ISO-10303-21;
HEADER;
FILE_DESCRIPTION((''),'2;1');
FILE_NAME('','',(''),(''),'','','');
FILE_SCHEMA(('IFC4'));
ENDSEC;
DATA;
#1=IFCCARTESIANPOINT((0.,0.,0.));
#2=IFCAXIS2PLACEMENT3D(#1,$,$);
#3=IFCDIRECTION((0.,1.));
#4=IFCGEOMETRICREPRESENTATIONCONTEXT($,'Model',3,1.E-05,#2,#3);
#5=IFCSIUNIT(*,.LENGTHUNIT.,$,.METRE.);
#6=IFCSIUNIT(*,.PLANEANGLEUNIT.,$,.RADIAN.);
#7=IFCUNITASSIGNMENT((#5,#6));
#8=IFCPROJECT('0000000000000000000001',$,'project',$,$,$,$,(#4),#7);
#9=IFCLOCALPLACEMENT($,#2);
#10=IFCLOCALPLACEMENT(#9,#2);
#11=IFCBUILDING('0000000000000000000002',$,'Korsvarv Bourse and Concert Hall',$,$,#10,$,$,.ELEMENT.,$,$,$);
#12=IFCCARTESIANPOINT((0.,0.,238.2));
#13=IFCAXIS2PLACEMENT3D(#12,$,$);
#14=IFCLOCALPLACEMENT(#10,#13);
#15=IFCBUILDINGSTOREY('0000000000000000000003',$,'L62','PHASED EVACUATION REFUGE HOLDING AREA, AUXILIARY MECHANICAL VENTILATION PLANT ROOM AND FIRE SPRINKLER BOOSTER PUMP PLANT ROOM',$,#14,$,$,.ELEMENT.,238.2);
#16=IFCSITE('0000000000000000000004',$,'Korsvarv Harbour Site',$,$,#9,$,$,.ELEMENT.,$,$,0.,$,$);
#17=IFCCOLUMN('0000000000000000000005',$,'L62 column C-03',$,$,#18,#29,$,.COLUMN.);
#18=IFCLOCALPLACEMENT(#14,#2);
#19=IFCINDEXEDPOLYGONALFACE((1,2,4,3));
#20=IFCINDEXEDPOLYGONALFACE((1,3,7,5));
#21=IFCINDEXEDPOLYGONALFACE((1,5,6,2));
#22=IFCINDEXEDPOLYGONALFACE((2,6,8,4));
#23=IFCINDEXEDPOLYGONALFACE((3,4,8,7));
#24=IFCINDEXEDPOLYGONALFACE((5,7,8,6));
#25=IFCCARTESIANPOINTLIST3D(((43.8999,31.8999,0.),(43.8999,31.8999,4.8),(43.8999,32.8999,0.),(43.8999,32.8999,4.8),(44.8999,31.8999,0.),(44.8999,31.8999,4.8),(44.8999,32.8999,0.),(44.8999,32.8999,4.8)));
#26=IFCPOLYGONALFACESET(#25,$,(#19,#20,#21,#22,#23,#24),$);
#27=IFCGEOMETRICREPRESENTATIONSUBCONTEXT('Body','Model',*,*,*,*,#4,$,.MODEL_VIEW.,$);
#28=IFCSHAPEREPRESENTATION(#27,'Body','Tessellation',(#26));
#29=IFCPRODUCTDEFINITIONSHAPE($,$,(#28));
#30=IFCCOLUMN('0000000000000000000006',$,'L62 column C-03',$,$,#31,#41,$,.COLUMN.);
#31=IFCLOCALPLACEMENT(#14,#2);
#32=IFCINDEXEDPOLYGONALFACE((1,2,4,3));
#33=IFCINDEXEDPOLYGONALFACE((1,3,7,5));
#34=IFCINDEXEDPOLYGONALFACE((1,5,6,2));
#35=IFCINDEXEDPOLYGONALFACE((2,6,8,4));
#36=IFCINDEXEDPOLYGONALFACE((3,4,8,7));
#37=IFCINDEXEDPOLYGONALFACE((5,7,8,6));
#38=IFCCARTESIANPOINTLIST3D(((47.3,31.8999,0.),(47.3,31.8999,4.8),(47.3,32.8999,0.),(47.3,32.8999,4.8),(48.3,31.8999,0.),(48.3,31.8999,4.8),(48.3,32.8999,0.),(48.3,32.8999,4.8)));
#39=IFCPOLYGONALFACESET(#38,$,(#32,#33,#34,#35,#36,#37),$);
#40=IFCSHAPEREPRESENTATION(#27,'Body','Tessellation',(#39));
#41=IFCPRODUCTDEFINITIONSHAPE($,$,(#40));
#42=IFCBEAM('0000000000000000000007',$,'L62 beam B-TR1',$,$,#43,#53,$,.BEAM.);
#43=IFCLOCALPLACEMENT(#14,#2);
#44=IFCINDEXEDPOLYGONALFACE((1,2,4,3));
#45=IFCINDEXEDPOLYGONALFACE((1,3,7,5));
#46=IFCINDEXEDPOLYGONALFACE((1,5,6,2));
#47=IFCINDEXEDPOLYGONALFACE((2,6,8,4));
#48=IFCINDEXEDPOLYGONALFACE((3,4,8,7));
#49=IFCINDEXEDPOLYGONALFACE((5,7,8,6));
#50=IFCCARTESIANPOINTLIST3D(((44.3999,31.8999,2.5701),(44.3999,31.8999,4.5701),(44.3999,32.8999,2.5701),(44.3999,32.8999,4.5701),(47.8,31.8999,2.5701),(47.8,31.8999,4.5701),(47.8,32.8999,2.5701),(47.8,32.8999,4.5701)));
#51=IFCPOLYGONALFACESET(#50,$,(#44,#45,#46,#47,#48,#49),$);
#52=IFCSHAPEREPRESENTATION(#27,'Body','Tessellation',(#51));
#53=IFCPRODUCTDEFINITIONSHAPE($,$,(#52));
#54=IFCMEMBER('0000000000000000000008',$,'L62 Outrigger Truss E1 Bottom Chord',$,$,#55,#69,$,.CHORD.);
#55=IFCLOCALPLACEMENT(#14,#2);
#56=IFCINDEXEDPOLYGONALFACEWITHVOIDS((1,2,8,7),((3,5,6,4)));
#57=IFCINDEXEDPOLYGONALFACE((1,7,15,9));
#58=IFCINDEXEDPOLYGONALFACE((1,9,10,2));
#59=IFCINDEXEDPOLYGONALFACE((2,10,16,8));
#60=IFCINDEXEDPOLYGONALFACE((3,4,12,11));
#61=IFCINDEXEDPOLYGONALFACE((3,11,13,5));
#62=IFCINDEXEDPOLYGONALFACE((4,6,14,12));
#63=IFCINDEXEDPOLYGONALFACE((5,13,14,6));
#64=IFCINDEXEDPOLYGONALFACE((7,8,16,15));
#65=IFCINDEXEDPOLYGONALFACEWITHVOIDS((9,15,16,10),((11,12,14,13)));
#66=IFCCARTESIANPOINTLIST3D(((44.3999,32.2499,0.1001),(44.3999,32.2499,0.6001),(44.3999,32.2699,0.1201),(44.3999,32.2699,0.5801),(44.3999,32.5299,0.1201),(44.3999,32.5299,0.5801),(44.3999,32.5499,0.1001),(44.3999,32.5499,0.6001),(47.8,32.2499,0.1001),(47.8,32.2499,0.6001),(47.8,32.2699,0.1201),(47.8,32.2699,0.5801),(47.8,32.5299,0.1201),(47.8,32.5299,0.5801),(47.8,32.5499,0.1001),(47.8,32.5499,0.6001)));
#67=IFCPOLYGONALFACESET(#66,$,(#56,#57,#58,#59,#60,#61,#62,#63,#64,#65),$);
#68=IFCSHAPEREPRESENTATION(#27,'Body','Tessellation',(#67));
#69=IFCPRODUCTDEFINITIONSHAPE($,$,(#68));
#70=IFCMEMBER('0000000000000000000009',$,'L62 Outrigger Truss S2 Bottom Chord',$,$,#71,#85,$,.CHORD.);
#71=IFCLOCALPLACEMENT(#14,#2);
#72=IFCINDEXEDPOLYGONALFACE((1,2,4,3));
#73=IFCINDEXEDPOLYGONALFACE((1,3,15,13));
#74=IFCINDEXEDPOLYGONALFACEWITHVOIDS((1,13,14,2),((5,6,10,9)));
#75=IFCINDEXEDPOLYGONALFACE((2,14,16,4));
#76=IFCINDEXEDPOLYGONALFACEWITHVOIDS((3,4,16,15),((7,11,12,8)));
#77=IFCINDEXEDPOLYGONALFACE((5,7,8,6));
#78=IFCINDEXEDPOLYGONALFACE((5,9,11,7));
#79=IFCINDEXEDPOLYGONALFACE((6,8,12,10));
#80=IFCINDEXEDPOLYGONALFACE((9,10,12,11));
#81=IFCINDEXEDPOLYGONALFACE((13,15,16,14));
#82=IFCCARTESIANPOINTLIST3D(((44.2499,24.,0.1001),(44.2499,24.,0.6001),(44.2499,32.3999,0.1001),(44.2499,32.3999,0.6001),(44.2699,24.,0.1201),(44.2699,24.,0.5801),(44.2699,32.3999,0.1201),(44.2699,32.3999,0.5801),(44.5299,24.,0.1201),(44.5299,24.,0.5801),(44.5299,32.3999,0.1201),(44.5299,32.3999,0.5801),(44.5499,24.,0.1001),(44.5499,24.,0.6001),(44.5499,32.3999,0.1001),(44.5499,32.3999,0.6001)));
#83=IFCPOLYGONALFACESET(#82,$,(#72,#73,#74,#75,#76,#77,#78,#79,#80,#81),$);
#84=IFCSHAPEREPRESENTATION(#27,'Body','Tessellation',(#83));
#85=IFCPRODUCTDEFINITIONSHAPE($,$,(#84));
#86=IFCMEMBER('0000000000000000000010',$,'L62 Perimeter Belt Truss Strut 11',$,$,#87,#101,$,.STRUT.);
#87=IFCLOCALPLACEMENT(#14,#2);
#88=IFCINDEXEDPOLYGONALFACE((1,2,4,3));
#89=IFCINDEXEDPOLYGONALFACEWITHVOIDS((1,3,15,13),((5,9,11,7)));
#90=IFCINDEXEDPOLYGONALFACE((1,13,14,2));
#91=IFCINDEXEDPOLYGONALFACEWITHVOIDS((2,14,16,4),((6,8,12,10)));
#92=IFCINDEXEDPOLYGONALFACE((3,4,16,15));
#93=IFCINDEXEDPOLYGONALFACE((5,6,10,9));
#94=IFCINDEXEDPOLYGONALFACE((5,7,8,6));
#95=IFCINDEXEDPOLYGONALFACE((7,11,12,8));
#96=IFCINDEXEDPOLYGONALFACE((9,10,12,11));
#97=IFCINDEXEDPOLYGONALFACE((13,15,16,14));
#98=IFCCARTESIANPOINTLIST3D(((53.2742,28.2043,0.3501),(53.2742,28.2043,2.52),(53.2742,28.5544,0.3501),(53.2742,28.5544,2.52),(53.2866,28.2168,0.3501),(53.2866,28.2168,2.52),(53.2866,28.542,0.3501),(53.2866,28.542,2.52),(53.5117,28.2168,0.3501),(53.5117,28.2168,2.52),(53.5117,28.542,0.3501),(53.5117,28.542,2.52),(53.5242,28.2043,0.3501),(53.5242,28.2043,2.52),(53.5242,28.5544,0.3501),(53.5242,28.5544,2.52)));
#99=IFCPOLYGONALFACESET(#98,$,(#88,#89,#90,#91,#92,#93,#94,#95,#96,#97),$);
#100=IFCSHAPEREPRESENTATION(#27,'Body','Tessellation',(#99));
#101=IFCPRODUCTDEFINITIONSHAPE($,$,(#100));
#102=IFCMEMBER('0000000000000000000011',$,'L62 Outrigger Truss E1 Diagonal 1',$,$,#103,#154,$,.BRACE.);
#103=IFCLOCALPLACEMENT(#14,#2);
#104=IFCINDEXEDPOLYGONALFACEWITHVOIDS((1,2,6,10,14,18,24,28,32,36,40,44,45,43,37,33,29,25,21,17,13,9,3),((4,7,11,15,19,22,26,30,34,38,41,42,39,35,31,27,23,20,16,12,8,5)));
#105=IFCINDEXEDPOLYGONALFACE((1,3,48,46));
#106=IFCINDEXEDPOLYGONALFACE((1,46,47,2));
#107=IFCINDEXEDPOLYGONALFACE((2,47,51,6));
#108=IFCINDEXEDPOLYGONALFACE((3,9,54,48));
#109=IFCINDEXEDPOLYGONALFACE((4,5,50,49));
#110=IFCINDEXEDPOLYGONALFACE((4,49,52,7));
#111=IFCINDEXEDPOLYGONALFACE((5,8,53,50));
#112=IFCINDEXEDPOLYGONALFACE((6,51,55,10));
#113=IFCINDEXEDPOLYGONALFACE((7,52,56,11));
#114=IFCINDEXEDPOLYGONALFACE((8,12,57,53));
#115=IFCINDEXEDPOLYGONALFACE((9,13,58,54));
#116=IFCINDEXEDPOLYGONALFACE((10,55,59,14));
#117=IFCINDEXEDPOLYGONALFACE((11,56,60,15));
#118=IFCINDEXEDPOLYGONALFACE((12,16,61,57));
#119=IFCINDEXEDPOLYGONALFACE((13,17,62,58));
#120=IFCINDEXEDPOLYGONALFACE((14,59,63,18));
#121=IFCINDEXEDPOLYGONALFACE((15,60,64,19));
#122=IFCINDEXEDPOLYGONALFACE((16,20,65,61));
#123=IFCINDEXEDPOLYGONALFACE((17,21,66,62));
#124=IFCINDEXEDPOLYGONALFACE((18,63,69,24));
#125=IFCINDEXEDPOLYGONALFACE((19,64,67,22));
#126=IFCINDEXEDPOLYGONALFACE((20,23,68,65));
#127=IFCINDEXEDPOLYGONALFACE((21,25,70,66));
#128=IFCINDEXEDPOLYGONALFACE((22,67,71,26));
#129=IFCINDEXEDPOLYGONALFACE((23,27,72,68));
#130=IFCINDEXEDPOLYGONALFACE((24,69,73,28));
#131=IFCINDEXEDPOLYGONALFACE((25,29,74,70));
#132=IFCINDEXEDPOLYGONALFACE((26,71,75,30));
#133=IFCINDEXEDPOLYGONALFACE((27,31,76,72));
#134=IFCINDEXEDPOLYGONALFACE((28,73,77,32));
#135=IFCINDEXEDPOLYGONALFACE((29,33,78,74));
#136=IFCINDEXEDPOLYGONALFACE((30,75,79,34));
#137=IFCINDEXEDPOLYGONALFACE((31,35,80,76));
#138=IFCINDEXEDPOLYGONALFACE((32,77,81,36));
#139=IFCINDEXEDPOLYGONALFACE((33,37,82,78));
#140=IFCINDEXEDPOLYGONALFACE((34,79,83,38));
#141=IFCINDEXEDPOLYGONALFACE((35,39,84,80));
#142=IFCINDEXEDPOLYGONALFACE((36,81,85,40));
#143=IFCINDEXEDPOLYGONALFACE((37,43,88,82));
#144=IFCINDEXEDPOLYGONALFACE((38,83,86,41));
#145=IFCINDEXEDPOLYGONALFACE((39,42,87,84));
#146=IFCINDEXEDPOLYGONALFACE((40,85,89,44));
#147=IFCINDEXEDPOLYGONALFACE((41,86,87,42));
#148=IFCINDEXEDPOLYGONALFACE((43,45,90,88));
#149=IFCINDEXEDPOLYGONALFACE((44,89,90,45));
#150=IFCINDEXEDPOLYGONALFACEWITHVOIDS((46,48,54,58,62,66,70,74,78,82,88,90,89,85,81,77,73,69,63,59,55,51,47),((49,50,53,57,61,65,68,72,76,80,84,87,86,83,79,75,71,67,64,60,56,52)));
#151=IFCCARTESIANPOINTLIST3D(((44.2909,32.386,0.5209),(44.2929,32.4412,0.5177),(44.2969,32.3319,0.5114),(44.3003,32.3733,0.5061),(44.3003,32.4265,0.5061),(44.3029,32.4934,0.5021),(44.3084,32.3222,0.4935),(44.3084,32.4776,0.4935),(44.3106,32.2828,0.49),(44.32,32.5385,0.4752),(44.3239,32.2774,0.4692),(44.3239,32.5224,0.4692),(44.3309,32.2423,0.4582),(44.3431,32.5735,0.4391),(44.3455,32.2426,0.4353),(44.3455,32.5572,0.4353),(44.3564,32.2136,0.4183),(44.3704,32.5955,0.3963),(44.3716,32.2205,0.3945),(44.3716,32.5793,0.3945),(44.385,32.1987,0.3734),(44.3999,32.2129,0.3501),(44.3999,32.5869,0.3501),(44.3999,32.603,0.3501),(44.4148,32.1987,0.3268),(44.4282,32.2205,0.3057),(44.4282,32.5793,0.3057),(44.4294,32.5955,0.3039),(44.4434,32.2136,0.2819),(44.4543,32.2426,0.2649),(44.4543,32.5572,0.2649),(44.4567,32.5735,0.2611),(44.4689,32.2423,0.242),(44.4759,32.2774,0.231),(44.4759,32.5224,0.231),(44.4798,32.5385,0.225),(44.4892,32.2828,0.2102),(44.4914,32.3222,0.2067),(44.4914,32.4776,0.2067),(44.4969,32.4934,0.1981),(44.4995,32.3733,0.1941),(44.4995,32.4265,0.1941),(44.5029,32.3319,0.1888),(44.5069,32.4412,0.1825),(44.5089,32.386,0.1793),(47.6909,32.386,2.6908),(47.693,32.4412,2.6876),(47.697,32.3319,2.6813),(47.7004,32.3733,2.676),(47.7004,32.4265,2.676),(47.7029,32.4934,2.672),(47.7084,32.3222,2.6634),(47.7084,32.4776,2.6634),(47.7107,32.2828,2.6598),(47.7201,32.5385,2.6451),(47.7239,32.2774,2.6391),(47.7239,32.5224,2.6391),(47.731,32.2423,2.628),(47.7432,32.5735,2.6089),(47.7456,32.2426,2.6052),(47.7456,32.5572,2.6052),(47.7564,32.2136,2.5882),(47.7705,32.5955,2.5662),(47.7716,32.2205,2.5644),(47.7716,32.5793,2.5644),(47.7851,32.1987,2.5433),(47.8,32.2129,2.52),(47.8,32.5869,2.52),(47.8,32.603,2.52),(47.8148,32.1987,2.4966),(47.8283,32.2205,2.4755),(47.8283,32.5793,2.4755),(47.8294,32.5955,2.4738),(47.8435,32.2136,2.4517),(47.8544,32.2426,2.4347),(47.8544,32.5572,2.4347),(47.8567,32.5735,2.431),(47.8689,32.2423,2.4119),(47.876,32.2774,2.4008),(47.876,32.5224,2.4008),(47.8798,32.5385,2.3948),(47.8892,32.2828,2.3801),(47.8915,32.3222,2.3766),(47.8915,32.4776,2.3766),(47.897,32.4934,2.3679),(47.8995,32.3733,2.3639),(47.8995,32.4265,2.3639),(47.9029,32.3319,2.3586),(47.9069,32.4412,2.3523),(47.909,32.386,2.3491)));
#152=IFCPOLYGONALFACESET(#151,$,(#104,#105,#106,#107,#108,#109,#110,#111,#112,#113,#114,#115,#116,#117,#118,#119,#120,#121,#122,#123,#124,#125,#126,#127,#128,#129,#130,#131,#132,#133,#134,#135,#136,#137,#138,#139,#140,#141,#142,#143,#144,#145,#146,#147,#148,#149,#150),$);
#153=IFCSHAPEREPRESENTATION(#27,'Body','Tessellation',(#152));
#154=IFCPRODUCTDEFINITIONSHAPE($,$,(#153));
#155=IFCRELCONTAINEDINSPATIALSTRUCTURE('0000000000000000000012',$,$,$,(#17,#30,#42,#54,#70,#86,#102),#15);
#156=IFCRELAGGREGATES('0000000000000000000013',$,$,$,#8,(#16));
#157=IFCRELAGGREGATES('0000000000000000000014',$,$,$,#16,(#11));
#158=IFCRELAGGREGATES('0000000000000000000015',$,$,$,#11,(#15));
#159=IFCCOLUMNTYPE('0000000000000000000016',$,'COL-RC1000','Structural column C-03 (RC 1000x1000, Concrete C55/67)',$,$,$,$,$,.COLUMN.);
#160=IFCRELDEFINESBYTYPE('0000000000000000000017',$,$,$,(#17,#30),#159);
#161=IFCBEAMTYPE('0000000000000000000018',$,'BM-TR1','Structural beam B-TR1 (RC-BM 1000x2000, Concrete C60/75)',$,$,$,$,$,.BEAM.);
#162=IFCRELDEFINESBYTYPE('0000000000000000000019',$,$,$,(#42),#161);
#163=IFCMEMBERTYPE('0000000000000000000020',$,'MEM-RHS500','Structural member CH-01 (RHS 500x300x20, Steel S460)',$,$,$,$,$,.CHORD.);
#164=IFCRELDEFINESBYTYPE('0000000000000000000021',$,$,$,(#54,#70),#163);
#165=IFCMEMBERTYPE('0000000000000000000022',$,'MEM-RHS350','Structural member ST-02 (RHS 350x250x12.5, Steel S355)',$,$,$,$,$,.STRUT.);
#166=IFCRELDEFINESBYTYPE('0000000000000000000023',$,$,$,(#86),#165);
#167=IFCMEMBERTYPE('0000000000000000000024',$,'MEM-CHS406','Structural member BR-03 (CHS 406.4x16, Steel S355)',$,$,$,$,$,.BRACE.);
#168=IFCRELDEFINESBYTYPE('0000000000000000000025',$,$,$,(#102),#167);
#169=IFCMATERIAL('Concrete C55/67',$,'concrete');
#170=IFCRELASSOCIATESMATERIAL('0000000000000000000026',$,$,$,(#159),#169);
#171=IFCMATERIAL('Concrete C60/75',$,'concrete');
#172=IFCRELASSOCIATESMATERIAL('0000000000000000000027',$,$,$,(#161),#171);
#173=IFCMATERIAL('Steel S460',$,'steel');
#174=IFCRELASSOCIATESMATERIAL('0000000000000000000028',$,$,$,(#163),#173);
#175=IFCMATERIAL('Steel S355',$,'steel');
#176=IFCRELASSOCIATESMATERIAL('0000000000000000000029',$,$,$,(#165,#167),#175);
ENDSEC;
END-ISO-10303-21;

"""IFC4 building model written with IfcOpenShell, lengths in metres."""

from ifc_helpers import new_model, si_unit, direction, frame, origin, origin_2d, place, context, subcontext, project, spatial, rectangle, hollow_rectangle, hollow_circle, extrude, source, transform, mapped, material, material_profile, profile_set, type_object, element, save


model = new_model("IFC4")

# Units and contexts
model_context = context("Model", 3, precision=1e-05, world=origin(), true_north=direction((0.0, 1.0)))
body_context = subcontext(model_context, "Body", "Model", "MODEL_VIEW")
ifc_project = project(units=[si_unit("LENGTHUNIT", "METRE"), si_unit("PLANEANGLEUNIT", "RADIAN")], contexts=[model_context])

# Site, building, storey
site_placement = place(None, origin())
site = spatial("IfcSite", under=ifc_project, at=site_placement, Name="Korsvarv Harbour Site", CompositionType="ELEMENT", RefElevation=0.0)
building_placement = place(site_placement, origin())
building = spatial("IfcBuilding", under=site, at=building_placement, Name="Korsvarv Bourse and Concert Hall", CompositionType="ELEMENT")
storey_placement = place(building_placement, frame((0.0, 0.0, 238.2)))
storey = spatial("IfcBuildingStorey", under=building, at=storey_placement, Name="L62", Description="PHASED EVACUATION REFUGE HOLDING AREA, AUXILIARY MECHANICAL VENTILATION PLANT ROOM AND FIRE SPRINKLER BOOSTER PUMP PLANT ROOM", CompositionType="ELEMENT", Elevation=238.2)

# Columns
ifc_material_1 = material(Name="Concrete C55/67", Category="concrete")
ifc_material_profile_1 = material_profile(ifc_material_1, rectangle(XDim=1.0, YDim=1.0, at=origin_2d()), Name="RC 1000x1000")
ifc_profile_set_1 = profile_set([ifc_material_profile_1], Name="Concrete C55/67")
column_type = type_object("IfcColumnType", Name="COL-RC1000", Description="Structural column C-03 (RC 1000x1000, Concrete C55/67)", PredefinedType="COLUMN", material=ifc_profile_set_1)
shared_shape_1 = source(origin(), body_context, "Body", "SweptSolid", [
    extrude(rectangle(XDim=1.0, YDim=1.0, at=origin_2d()), origin(), (0.0, 0.0, 1.0), 4.8),
])
for number, where, z_axis, x_axis, name in (
    (1, (44.3999, 32.3999, 0.0), (0.0, 0.0, 1.0), (1.0, 0.0, 0.0), "L62 column C-03"),
    (2, (47.8, 32.3999, 0.0), (0.0, 0.0, 1.0), (1.0, 0.0, 0.0), "L62 column C-03"),
):
    element("IfcColumn", number, at=place(storey_placement, frame(where, z_axis=z_axis, x_axis=x_axis)), inside=storey, type_object=column_type, Name=name, PredefinedType="COLUMN", context=body_context, shape_type="MappedRepresentation", body=[
        mapped(shared_shape_1, transform((0.0, 0.0, 0.0), scale=1.0)),
    ])

# Beam
ifc_material_2 = material(Name="Concrete C60/75", Category="concrete")
ifc_material_profile_2 = material_profile(ifc_material_2, rectangle(XDim=1.0, YDim=2.0, at=origin_2d()), Name="RC-BM 1000x2000")
ifc_profile_set_2 = profile_set([ifc_material_profile_2], Name="Concrete C60/75")
beam_type = type_object("IfcBeamType", Name="BM-TR1", Description="Structural beam B-TR1 (RC-BM 1000x2000, Concrete C60/75)", PredefinedType="BEAM", material=ifc_profile_set_2)
shared_shape_2 = source(origin(), body_context, "Body", "SweptSolid", [
    extrude(rectangle(XDim=1.0, YDim=2.0, at=origin_2d()), origin(), (0.0, 0.0, 1.0), 3.4001),
])
beam_1_placement = place(storey_placement, frame((44.3999, 32.3999, 3.5701), z_axis=(1.0, 0.0, 0.0), x_axis=(0.0, 1.0, 0.0)))
element("IfcBeam", 3, at=beam_1_placement, inside=storey, type_object=beam_type, Name="L62 beam B-TR1", PredefinedType="BEAM", context=body_context, shape_type="MappedRepresentation", body=[
    mapped(shared_shape_2, transform((0.0, 0.0, 0.0), scale=1.0)),
])

# Members
ifc_material_3 = material(Name="Steel S460", Category="steel")
ifc_material_profile_3 = material_profile(ifc_material_3, hollow_rectangle(XDim=0.3, YDim=0.5, WallThickness=0.02, at=origin_2d()), Name="RHS 500x300x20")
ifc_profile_set_3 = profile_set([ifc_material_profile_3], Name="Steel S460")
member_type_1 = type_object("IfcMemberType", Name="MEM-RHS500", Description="Structural member CH-01 (RHS 500x300x20, Steel S460)", PredefinedType="CHORD", material=ifc_profile_set_3)
shared_shape_3 = source(origin(), body_context, "Body", "SweptSolid", [
    extrude(hollow_rectangle(XDim=0.3, YDim=0.5, WallThickness=0.02, at=origin_2d()), origin(), (0.0, 0.0, 1.0), 3.4001),
])
member_1_placement = place(storey_placement, frame((44.3999, 32.3999, 0.3501), z_axis=(1.0, 0.0, 0.0), x_axis=(0.0, 1.0, 0.0)))
element("IfcMember", 4, at=member_1_placement, inside=storey, type_object=member_type_1, Name="L62 Outrigger Truss E1 Bottom Chord", PredefinedType="CHORD", context=body_context, shape_type="MappedRepresentation", body=[
    mapped(shared_shape_3, transform((0.0, 0.0, 0.0), scale=1.0)),
])
shared_shape_4 = source(origin(), body_context, "Body", "SweptSolid", [
    extrude(hollow_rectangle(XDim=0.3, YDim=0.5, WallThickness=0.02, at=origin_2d()), origin(), (0.0, 0.0, 1.0), 8.3999),
])
member_2_placement = place(storey_placement, frame((44.3999, 32.3999, 0.3501), z_axis=(0.0, -1.0, 0.0), x_axis=(1.0, 0.0, 0.0)))
element("IfcMember", 5, at=member_2_placement, inside=storey, type_object=member_type_1, Name="L62 Outrigger Truss S2 Bottom Chord", PredefinedType="CHORD", context=body_context, shape_type="MappedRepresentation", body=[
    mapped(shared_shape_4, transform((0.0, 0.0, 0.0), scale=1.0)),
])
ifc_material_4 = material(Name="Steel S355", Category="steel")
ifc_material_profile_4 = material_profile(ifc_material_4, hollow_rectangle(XDim=0.25, YDim=0.3501, WallThickness=0.0125, at=origin_2d()), Name="RHS 350x250x12.5")
ifc_profile_set_4 = profile_set([ifc_material_profile_4], Name="Steel S355")
member_type_2 = type_object("IfcMemberType", Name="MEM-RHS350", Description="Structural member ST-02 (RHS 350x250x12.5, Steel S355)", PredefinedType="STRUT", material=ifc_profile_set_4)
shared_shape_5 = source(origin(), body_context, "Body", "SweptSolid", [
    extrude(hollow_rectangle(XDim=0.25, YDim=0.3501, WallThickness=0.0125, at=origin_2d()), origin(), (0.0, 0.0, 1.0), 2.1699),
])
member_3_placement = place(storey_placement, frame((53.3992, 28.3794, 0.3501), z_axis=(0.0, 0.0, 1.0), x_axis=(1.0, 0.0, 0.0)))
element("IfcMember", 6, at=member_3_placement, inside=storey, type_object=member_type_2, Name="L62 Perimeter Belt Truss Strut 11", PredefinedType="STRUT", context=body_context, shape_type="MappedRepresentation", body=[
    mapped(shared_shape_5, transform((0.0, 0.0, 0.0), scale=1.0)),
])
ifc_material_profile_5 = material_profile(ifc_material_4, hollow_circle(Radius=0.2031, WallThickness=0.0161, at=origin_2d()), Name="CHS 406.4x16")
ifc_profile_set_5 = profile_set([ifc_material_profile_5], Name="Steel S355")
member_type_3 = type_object("IfcMemberType", Name="MEM-CHS406", Description="Structural member BR-03 (CHS 406.4x16, Steel S355)", PredefinedType="BRACE", material=ifc_profile_set_5)
shared_shape_6 = source(origin(), body_context, "Body", "SweptSolid", [
    extrude(hollow_circle(Radius=0.2031, WallThickness=0.0161, at=origin_2d()), origin(), (0.0, 0.0, 1.0), 4.0334),
])
member_4_placement = place(storey_placement, frame((44.3999, 32.3999, 0.3501), z_axis=(0.842965, 0.0, 0.537968), x_axis=(0.0, 1.0, 0.0)))
element("IfcMember", 7, at=member_4_placement, inside=storey, type_object=member_type_3, Name="L62 Outrigger Truss E1 Diagonal 1", PredefinedType="BRACE", context=body_context, shape_type="MappedRepresentation", body=[
    mapped(shared_shape_6, transform((0.0, 0.0, 0.0), scale=1.0)),
])

save(model, "model.ifc")
